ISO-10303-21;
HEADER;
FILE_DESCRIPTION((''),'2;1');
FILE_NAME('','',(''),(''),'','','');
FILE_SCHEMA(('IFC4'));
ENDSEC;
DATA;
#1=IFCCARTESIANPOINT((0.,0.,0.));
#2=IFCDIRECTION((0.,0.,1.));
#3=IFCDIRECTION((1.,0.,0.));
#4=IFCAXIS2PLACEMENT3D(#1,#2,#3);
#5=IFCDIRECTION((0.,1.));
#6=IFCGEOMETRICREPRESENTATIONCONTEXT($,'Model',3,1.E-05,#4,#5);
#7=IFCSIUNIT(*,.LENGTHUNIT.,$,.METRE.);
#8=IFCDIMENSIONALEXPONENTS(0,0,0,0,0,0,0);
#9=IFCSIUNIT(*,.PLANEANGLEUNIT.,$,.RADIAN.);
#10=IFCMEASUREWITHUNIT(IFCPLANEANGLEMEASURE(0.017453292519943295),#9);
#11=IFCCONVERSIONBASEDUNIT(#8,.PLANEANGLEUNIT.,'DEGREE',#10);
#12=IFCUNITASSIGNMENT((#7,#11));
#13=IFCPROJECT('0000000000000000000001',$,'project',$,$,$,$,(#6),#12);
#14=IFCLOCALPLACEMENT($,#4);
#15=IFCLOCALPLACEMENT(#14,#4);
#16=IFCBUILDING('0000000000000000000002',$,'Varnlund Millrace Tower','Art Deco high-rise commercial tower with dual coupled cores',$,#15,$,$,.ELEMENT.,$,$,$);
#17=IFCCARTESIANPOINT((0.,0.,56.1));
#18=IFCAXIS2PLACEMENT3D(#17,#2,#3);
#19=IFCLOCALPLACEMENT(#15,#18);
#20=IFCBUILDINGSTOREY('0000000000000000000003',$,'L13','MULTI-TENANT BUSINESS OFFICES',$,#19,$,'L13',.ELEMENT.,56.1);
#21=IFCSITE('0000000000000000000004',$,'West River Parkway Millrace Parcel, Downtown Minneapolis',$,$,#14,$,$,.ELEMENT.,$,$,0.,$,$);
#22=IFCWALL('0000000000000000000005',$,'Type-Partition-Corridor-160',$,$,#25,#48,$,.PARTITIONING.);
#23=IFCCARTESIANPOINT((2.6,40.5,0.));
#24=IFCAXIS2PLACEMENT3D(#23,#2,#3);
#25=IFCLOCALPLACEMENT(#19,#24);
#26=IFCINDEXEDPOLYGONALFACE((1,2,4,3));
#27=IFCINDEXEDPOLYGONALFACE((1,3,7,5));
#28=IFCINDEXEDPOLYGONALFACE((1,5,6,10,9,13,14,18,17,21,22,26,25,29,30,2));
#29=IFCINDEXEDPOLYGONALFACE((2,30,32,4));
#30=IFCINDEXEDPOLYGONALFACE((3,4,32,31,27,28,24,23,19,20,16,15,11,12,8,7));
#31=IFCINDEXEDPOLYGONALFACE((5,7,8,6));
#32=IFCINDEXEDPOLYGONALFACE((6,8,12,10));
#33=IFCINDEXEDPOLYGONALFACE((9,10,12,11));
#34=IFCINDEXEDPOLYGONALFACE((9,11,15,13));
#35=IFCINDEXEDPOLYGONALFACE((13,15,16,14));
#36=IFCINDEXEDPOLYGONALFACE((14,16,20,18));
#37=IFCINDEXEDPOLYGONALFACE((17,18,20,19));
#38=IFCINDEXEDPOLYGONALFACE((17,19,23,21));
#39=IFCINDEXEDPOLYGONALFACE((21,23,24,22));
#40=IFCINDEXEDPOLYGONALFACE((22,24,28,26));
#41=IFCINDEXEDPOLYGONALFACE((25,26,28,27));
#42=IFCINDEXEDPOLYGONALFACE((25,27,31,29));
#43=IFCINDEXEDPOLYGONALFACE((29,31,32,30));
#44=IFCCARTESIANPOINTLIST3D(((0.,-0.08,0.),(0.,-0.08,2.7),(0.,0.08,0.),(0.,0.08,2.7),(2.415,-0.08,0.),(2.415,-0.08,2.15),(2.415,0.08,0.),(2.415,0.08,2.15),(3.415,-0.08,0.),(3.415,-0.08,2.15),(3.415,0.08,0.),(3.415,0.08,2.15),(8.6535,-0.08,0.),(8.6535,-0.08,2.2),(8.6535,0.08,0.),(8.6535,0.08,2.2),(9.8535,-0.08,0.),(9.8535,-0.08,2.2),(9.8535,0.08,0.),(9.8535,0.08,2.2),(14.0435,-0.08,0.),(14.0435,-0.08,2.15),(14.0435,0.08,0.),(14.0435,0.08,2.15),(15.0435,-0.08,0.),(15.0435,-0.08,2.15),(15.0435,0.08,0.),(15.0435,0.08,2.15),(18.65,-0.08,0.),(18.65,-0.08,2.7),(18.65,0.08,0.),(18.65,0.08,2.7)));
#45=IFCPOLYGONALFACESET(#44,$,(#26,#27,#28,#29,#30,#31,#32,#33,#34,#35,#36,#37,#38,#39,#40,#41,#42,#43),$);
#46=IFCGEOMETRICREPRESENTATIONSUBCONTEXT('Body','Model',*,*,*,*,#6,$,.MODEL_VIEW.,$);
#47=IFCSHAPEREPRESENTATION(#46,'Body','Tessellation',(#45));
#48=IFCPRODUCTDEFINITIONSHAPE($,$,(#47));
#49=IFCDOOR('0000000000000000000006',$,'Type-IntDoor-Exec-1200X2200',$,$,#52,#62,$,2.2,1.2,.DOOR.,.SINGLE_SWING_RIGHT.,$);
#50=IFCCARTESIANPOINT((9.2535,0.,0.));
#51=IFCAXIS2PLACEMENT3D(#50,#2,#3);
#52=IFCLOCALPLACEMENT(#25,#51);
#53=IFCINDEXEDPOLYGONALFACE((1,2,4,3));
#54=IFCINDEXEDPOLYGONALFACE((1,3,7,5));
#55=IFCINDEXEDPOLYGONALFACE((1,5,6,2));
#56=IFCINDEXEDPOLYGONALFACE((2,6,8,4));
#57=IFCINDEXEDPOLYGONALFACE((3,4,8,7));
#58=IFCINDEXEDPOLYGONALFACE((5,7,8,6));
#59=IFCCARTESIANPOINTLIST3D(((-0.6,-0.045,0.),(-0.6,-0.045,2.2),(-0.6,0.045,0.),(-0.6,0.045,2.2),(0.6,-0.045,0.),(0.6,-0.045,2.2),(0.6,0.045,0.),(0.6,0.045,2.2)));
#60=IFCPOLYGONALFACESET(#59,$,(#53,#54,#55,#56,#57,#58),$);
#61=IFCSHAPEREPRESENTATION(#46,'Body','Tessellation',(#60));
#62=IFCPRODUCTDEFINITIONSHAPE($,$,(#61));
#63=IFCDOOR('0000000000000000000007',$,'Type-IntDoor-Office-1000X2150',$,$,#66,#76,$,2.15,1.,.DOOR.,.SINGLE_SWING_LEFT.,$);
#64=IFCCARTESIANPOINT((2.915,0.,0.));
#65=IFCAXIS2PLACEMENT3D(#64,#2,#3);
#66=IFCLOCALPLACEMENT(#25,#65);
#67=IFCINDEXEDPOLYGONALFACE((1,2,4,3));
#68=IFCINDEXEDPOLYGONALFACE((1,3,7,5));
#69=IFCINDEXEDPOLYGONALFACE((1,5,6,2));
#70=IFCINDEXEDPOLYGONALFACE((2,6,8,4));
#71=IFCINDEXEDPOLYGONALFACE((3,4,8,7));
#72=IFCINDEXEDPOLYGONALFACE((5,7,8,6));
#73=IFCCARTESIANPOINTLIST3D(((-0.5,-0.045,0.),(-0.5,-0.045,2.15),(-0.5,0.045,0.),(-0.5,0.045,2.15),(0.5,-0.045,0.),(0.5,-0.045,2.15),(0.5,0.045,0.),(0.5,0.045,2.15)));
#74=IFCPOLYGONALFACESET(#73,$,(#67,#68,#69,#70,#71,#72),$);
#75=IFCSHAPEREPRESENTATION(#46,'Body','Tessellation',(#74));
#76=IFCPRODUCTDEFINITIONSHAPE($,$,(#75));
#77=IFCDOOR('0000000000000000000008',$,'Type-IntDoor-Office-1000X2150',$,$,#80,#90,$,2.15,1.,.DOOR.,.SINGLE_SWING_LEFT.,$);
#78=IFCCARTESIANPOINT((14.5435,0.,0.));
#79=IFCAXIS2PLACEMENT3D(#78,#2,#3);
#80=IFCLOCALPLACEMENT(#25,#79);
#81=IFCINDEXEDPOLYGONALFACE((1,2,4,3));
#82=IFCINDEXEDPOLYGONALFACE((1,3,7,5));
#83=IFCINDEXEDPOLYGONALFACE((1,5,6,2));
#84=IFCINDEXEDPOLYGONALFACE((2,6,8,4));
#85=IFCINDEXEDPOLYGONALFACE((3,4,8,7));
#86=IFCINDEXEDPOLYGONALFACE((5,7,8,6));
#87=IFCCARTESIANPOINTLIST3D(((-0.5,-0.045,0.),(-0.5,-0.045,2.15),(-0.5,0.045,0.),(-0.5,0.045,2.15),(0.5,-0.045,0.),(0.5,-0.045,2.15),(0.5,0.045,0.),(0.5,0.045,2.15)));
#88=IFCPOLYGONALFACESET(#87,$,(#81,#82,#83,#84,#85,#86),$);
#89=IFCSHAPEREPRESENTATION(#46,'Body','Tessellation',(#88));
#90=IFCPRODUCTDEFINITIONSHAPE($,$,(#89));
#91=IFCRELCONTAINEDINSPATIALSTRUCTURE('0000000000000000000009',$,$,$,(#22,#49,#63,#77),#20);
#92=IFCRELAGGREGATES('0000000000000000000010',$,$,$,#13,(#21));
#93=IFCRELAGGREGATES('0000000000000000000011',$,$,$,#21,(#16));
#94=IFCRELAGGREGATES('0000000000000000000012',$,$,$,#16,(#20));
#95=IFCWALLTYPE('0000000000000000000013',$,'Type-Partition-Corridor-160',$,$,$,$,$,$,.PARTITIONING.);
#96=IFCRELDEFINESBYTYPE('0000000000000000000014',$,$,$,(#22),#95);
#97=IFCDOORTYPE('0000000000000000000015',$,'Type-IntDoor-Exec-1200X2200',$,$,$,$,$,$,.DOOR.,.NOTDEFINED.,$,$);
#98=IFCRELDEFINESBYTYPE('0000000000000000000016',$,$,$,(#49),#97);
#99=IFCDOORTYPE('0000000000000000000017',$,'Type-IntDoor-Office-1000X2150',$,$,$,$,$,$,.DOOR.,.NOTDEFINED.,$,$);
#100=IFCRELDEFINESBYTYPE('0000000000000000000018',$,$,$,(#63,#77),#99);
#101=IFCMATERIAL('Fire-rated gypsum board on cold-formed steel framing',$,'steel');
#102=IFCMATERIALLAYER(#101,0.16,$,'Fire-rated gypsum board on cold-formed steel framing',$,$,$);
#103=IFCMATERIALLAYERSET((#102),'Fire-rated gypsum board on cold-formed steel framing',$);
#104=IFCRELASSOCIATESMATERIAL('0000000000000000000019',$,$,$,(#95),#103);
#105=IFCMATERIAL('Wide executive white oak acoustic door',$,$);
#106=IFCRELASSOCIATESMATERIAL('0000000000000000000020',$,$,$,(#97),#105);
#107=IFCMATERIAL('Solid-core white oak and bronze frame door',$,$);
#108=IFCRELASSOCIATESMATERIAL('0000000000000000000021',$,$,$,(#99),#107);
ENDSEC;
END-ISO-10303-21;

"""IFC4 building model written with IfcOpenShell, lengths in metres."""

from ifc_helpers import new_model, entity, si_unit, converted_unit, direction, frame, origin_with_axes, origin_2d_with_axis, place, context, subcontext, project, spatial, polyline, rectangle, outline, extrude, material, layer, layer_set, type_object, element, fill, save


model = new_model("IFC4")

# Units and contexts
model_context = context("Model", 3, precision=1e-05, world=origin_with_axes(), true_north=direction((0.0, 1.0)))
body_context = subcontext(model_context, "Body", "Model", "MODEL_VIEW")
ifc_project = project(units=[si_unit("LENGTHUNIT", "METRE"), converted_unit("PLANEANGLEUNIT", "DEGREE", entity("IfcPlaneAngleMeasure", 0.017453292519943295), si_unit("PLANEANGLEUNIT", "RADIAN"), dimensions=[0, 0, 0, 0, 0, 0, 0])], contexts=[model_context])

# Site, building, storey
site_placement = place(None, origin_with_axes())
site = spatial("IfcSite", under=ifc_project, at=site_placement, Name="West River Parkway Millrace Parcel, Downtown Minneapolis", CompositionType="ELEMENT", RefElevation=0.0)
building_placement = place(site_placement, origin_with_axes())
building = spatial("IfcBuilding", under=site, at=building_placement, Name="Varnlund Millrace Tower", Description="Art Deco high-rise commercial tower with dual coupled cores", CompositionType="ELEMENT")
storey_placement = place(building_placement, frame((0.0, 0.0, 56.1), z_axis=(0.0, 0.0, 1.0), x_axis=(1.0, 0.0, 0.0)))
storey = spatial("IfcBuildingStorey", under=building, at=storey_placement, Name="L13", Description="MULTI-TENANT BUSINESS OFFICES", LongName="L13", CompositionType="ELEMENT", Elevation=56.1)

# Wall, openings, doors
ifc_material_1 = material(Name="Fire-rated gypsum board on cold-formed steel framing", Category="steel")
ifc_layer_1 = layer(ifc_material_1, 0.16, Name="Fire-rated gypsum board on cold-formed steel framing")
ifc_layer_set_1 = layer_set([ifc_layer_1], Name="Fire-rated gypsum board on cold-formed steel framing")
wall_type_1 = type_object("IfcWallType", Name="Type-Partition-Corridor-160", PredefinedType="PARTITIONING", material=ifc_layer_set_1)
wall_1_placement = place(storey_placement, frame((2.6, 40.5, 0.0), z_axis=(0.0, 0.0, 1.0), x_axis=(1.0, 0.0, 0.0)))
wall_1 = element("IfcWall", 1, at=wall_1_placement, inside=storey, type_object=wall_type_1, Name="Type-Partition-Corridor-160", PredefinedType="PARTITIONING", context=body_context, shape_type="SweptSolid", body=[
    extrude(outline(polyline([(0.0, -0.08), (18.65, -0.08), (18.65, 0.08), (0.0, 0.08), (0.0, -0.08)])), origin_with_axes(), (0.0, 0.0, 1.0), 2.7),
])
opening_1_placement = place(wall_1_placement, frame((2.915, 0.0, 0.0), z_axis=(0.0, 0.0, 1.0), x_axis=(1.0, 0.0, 0.0)))
opening_1 = element("IfcOpeningElement", 2, at=opening_1_placement, cuts=wall_1, PredefinedType="OPENING", context=body_context, shape_type="SweptSolid", body=[
    extrude(rectangle(XDim=1.0, YDim=0.18, at=origin_2d_with_axis()), origin_with_axes(), (0.0, 0.0, 1.0), 2.15),
])
opening_2_placement = place(wall_1_placement, frame((9.2535, 0.0, 0.0), z_axis=(0.0, 0.0, 1.0), x_axis=(1.0, 0.0, 0.0)))
opening_2 = element("IfcOpeningElement", 3, at=opening_2_placement, cuts=wall_1, PredefinedType="OPENING", context=body_context, shape_type="SweptSolid", body=[
    extrude(rectangle(XDim=1.2, YDim=0.18, at=origin_2d_with_axis()), origin_with_axes(), (0.0, 0.0, 1.0), 2.2),
])
opening_3_placement = place(wall_1_placement, frame((14.5435, 0.0, 0.0), z_axis=(0.0, 0.0, 1.0), x_axis=(1.0, 0.0, 0.0)))
opening_3 = element("IfcOpeningElement", 4, at=opening_3_placement, cuts=wall_1, PredefinedType="OPENING", context=body_context, shape_type="SweptSolid", body=[
    extrude(rectangle(XDim=1.0, YDim=0.18, at=origin_2d_with_axis()), origin_with_axes(), (0.0, 0.0, 1.0), 2.15),
])
ifc_material_2 = material(Name="Wide executive white oak acoustic door")
door_type_1 = type_object("IfcDoorType", Name="Type-IntDoor-Exec-1200X2200", OperationType="NOTDEFINED", PredefinedType="DOOR", material=ifc_material_2)
door_1_placement = place(wall_1_placement, frame((9.2535, 0.0, 0.0), z_axis=(0.0, 0.0, 1.0), x_axis=(1.0, 0.0, 0.0)))
door_1 = element("IfcDoor", 5, at=door_1_placement, inside=storey, type_object=door_type_1, Name="Type-IntDoor-Exec-1200X2200", OperationType="SINGLE_SWING_RIGHT", OverallHeight=2.2, OverallWidth=1.2, PredefinedType="DOOR", context=body_context, shape_type="SweptSolid", body=[
    extrude(rectangle(XDim=1.2, YDim=0.09, at=origin_2d_with_axis()), origin_with_axes(), (0.0, 0.0, 1.0), 2.2),
])
fill(opening_2, door_1)
ifc_material_3 = material(Name="Solid-core white oak and bronze frame door")
door_type_2 = type_object("IfcDoorType", Name="Type-IntDoor-Office-1000X2150", OperationType="NOTDEFINED", PredefinedType="DOOR", material=ifc_material_3)
door_2_placement = place(wall_1_placement, frame((2.915, 0.0, 0.0), z_axis=(0.0, 0.0, 1.0), x_axis=(1.0, 0.0, 0.0)))
door_2 = element("IfcDoor", 6, at=door_2_placement, inside=storey, type_object=door_type_2, Name="Type-IntDoor-Office-1000X2150", OperationType="SINGLE_SWING_LEFT", OverallHeight=2.15, OverallWidth=1.0, PredefinedType="DOOR", context=body_context, shape_type="SweptSolid", body=[
    extrude(rectangle(XDim=1.0, YDim=0.09, at=origin_2d_with_axis()), origin_with_axes(), (0.0, 0.0, 1.0), 2.15),
])
fill(opening_1, door_2)
door_3_placement = place(wall_1_placement, frame((14.5435, 0.0, 0.0), z_axis=(0.0, 0.0, 1.0), x_axis=(1.0, 0.0, 0.0)))
door_3 = element("IfcDoor", 7, at=door_3_placement, inside=storey, type_object=door_type_2, Name="Type-IntDoor-Office-1000X2150", OperationType="SINGLE_SWING_LEFT", OverallHeight=2.15, OverallWidth=1.0, PredefinedType="DOOR", context=body_context, shape_type="SweptSolid", body=[
    extrude(rectangle(XDim=1.0, YDim=0.09, at=origin_2d_with_axis()), origin_with_axes(), (0.0, 0.0, 1.0), 2.15),
])
fill(opening_3, door_3)

save(model, "model.ifc")
